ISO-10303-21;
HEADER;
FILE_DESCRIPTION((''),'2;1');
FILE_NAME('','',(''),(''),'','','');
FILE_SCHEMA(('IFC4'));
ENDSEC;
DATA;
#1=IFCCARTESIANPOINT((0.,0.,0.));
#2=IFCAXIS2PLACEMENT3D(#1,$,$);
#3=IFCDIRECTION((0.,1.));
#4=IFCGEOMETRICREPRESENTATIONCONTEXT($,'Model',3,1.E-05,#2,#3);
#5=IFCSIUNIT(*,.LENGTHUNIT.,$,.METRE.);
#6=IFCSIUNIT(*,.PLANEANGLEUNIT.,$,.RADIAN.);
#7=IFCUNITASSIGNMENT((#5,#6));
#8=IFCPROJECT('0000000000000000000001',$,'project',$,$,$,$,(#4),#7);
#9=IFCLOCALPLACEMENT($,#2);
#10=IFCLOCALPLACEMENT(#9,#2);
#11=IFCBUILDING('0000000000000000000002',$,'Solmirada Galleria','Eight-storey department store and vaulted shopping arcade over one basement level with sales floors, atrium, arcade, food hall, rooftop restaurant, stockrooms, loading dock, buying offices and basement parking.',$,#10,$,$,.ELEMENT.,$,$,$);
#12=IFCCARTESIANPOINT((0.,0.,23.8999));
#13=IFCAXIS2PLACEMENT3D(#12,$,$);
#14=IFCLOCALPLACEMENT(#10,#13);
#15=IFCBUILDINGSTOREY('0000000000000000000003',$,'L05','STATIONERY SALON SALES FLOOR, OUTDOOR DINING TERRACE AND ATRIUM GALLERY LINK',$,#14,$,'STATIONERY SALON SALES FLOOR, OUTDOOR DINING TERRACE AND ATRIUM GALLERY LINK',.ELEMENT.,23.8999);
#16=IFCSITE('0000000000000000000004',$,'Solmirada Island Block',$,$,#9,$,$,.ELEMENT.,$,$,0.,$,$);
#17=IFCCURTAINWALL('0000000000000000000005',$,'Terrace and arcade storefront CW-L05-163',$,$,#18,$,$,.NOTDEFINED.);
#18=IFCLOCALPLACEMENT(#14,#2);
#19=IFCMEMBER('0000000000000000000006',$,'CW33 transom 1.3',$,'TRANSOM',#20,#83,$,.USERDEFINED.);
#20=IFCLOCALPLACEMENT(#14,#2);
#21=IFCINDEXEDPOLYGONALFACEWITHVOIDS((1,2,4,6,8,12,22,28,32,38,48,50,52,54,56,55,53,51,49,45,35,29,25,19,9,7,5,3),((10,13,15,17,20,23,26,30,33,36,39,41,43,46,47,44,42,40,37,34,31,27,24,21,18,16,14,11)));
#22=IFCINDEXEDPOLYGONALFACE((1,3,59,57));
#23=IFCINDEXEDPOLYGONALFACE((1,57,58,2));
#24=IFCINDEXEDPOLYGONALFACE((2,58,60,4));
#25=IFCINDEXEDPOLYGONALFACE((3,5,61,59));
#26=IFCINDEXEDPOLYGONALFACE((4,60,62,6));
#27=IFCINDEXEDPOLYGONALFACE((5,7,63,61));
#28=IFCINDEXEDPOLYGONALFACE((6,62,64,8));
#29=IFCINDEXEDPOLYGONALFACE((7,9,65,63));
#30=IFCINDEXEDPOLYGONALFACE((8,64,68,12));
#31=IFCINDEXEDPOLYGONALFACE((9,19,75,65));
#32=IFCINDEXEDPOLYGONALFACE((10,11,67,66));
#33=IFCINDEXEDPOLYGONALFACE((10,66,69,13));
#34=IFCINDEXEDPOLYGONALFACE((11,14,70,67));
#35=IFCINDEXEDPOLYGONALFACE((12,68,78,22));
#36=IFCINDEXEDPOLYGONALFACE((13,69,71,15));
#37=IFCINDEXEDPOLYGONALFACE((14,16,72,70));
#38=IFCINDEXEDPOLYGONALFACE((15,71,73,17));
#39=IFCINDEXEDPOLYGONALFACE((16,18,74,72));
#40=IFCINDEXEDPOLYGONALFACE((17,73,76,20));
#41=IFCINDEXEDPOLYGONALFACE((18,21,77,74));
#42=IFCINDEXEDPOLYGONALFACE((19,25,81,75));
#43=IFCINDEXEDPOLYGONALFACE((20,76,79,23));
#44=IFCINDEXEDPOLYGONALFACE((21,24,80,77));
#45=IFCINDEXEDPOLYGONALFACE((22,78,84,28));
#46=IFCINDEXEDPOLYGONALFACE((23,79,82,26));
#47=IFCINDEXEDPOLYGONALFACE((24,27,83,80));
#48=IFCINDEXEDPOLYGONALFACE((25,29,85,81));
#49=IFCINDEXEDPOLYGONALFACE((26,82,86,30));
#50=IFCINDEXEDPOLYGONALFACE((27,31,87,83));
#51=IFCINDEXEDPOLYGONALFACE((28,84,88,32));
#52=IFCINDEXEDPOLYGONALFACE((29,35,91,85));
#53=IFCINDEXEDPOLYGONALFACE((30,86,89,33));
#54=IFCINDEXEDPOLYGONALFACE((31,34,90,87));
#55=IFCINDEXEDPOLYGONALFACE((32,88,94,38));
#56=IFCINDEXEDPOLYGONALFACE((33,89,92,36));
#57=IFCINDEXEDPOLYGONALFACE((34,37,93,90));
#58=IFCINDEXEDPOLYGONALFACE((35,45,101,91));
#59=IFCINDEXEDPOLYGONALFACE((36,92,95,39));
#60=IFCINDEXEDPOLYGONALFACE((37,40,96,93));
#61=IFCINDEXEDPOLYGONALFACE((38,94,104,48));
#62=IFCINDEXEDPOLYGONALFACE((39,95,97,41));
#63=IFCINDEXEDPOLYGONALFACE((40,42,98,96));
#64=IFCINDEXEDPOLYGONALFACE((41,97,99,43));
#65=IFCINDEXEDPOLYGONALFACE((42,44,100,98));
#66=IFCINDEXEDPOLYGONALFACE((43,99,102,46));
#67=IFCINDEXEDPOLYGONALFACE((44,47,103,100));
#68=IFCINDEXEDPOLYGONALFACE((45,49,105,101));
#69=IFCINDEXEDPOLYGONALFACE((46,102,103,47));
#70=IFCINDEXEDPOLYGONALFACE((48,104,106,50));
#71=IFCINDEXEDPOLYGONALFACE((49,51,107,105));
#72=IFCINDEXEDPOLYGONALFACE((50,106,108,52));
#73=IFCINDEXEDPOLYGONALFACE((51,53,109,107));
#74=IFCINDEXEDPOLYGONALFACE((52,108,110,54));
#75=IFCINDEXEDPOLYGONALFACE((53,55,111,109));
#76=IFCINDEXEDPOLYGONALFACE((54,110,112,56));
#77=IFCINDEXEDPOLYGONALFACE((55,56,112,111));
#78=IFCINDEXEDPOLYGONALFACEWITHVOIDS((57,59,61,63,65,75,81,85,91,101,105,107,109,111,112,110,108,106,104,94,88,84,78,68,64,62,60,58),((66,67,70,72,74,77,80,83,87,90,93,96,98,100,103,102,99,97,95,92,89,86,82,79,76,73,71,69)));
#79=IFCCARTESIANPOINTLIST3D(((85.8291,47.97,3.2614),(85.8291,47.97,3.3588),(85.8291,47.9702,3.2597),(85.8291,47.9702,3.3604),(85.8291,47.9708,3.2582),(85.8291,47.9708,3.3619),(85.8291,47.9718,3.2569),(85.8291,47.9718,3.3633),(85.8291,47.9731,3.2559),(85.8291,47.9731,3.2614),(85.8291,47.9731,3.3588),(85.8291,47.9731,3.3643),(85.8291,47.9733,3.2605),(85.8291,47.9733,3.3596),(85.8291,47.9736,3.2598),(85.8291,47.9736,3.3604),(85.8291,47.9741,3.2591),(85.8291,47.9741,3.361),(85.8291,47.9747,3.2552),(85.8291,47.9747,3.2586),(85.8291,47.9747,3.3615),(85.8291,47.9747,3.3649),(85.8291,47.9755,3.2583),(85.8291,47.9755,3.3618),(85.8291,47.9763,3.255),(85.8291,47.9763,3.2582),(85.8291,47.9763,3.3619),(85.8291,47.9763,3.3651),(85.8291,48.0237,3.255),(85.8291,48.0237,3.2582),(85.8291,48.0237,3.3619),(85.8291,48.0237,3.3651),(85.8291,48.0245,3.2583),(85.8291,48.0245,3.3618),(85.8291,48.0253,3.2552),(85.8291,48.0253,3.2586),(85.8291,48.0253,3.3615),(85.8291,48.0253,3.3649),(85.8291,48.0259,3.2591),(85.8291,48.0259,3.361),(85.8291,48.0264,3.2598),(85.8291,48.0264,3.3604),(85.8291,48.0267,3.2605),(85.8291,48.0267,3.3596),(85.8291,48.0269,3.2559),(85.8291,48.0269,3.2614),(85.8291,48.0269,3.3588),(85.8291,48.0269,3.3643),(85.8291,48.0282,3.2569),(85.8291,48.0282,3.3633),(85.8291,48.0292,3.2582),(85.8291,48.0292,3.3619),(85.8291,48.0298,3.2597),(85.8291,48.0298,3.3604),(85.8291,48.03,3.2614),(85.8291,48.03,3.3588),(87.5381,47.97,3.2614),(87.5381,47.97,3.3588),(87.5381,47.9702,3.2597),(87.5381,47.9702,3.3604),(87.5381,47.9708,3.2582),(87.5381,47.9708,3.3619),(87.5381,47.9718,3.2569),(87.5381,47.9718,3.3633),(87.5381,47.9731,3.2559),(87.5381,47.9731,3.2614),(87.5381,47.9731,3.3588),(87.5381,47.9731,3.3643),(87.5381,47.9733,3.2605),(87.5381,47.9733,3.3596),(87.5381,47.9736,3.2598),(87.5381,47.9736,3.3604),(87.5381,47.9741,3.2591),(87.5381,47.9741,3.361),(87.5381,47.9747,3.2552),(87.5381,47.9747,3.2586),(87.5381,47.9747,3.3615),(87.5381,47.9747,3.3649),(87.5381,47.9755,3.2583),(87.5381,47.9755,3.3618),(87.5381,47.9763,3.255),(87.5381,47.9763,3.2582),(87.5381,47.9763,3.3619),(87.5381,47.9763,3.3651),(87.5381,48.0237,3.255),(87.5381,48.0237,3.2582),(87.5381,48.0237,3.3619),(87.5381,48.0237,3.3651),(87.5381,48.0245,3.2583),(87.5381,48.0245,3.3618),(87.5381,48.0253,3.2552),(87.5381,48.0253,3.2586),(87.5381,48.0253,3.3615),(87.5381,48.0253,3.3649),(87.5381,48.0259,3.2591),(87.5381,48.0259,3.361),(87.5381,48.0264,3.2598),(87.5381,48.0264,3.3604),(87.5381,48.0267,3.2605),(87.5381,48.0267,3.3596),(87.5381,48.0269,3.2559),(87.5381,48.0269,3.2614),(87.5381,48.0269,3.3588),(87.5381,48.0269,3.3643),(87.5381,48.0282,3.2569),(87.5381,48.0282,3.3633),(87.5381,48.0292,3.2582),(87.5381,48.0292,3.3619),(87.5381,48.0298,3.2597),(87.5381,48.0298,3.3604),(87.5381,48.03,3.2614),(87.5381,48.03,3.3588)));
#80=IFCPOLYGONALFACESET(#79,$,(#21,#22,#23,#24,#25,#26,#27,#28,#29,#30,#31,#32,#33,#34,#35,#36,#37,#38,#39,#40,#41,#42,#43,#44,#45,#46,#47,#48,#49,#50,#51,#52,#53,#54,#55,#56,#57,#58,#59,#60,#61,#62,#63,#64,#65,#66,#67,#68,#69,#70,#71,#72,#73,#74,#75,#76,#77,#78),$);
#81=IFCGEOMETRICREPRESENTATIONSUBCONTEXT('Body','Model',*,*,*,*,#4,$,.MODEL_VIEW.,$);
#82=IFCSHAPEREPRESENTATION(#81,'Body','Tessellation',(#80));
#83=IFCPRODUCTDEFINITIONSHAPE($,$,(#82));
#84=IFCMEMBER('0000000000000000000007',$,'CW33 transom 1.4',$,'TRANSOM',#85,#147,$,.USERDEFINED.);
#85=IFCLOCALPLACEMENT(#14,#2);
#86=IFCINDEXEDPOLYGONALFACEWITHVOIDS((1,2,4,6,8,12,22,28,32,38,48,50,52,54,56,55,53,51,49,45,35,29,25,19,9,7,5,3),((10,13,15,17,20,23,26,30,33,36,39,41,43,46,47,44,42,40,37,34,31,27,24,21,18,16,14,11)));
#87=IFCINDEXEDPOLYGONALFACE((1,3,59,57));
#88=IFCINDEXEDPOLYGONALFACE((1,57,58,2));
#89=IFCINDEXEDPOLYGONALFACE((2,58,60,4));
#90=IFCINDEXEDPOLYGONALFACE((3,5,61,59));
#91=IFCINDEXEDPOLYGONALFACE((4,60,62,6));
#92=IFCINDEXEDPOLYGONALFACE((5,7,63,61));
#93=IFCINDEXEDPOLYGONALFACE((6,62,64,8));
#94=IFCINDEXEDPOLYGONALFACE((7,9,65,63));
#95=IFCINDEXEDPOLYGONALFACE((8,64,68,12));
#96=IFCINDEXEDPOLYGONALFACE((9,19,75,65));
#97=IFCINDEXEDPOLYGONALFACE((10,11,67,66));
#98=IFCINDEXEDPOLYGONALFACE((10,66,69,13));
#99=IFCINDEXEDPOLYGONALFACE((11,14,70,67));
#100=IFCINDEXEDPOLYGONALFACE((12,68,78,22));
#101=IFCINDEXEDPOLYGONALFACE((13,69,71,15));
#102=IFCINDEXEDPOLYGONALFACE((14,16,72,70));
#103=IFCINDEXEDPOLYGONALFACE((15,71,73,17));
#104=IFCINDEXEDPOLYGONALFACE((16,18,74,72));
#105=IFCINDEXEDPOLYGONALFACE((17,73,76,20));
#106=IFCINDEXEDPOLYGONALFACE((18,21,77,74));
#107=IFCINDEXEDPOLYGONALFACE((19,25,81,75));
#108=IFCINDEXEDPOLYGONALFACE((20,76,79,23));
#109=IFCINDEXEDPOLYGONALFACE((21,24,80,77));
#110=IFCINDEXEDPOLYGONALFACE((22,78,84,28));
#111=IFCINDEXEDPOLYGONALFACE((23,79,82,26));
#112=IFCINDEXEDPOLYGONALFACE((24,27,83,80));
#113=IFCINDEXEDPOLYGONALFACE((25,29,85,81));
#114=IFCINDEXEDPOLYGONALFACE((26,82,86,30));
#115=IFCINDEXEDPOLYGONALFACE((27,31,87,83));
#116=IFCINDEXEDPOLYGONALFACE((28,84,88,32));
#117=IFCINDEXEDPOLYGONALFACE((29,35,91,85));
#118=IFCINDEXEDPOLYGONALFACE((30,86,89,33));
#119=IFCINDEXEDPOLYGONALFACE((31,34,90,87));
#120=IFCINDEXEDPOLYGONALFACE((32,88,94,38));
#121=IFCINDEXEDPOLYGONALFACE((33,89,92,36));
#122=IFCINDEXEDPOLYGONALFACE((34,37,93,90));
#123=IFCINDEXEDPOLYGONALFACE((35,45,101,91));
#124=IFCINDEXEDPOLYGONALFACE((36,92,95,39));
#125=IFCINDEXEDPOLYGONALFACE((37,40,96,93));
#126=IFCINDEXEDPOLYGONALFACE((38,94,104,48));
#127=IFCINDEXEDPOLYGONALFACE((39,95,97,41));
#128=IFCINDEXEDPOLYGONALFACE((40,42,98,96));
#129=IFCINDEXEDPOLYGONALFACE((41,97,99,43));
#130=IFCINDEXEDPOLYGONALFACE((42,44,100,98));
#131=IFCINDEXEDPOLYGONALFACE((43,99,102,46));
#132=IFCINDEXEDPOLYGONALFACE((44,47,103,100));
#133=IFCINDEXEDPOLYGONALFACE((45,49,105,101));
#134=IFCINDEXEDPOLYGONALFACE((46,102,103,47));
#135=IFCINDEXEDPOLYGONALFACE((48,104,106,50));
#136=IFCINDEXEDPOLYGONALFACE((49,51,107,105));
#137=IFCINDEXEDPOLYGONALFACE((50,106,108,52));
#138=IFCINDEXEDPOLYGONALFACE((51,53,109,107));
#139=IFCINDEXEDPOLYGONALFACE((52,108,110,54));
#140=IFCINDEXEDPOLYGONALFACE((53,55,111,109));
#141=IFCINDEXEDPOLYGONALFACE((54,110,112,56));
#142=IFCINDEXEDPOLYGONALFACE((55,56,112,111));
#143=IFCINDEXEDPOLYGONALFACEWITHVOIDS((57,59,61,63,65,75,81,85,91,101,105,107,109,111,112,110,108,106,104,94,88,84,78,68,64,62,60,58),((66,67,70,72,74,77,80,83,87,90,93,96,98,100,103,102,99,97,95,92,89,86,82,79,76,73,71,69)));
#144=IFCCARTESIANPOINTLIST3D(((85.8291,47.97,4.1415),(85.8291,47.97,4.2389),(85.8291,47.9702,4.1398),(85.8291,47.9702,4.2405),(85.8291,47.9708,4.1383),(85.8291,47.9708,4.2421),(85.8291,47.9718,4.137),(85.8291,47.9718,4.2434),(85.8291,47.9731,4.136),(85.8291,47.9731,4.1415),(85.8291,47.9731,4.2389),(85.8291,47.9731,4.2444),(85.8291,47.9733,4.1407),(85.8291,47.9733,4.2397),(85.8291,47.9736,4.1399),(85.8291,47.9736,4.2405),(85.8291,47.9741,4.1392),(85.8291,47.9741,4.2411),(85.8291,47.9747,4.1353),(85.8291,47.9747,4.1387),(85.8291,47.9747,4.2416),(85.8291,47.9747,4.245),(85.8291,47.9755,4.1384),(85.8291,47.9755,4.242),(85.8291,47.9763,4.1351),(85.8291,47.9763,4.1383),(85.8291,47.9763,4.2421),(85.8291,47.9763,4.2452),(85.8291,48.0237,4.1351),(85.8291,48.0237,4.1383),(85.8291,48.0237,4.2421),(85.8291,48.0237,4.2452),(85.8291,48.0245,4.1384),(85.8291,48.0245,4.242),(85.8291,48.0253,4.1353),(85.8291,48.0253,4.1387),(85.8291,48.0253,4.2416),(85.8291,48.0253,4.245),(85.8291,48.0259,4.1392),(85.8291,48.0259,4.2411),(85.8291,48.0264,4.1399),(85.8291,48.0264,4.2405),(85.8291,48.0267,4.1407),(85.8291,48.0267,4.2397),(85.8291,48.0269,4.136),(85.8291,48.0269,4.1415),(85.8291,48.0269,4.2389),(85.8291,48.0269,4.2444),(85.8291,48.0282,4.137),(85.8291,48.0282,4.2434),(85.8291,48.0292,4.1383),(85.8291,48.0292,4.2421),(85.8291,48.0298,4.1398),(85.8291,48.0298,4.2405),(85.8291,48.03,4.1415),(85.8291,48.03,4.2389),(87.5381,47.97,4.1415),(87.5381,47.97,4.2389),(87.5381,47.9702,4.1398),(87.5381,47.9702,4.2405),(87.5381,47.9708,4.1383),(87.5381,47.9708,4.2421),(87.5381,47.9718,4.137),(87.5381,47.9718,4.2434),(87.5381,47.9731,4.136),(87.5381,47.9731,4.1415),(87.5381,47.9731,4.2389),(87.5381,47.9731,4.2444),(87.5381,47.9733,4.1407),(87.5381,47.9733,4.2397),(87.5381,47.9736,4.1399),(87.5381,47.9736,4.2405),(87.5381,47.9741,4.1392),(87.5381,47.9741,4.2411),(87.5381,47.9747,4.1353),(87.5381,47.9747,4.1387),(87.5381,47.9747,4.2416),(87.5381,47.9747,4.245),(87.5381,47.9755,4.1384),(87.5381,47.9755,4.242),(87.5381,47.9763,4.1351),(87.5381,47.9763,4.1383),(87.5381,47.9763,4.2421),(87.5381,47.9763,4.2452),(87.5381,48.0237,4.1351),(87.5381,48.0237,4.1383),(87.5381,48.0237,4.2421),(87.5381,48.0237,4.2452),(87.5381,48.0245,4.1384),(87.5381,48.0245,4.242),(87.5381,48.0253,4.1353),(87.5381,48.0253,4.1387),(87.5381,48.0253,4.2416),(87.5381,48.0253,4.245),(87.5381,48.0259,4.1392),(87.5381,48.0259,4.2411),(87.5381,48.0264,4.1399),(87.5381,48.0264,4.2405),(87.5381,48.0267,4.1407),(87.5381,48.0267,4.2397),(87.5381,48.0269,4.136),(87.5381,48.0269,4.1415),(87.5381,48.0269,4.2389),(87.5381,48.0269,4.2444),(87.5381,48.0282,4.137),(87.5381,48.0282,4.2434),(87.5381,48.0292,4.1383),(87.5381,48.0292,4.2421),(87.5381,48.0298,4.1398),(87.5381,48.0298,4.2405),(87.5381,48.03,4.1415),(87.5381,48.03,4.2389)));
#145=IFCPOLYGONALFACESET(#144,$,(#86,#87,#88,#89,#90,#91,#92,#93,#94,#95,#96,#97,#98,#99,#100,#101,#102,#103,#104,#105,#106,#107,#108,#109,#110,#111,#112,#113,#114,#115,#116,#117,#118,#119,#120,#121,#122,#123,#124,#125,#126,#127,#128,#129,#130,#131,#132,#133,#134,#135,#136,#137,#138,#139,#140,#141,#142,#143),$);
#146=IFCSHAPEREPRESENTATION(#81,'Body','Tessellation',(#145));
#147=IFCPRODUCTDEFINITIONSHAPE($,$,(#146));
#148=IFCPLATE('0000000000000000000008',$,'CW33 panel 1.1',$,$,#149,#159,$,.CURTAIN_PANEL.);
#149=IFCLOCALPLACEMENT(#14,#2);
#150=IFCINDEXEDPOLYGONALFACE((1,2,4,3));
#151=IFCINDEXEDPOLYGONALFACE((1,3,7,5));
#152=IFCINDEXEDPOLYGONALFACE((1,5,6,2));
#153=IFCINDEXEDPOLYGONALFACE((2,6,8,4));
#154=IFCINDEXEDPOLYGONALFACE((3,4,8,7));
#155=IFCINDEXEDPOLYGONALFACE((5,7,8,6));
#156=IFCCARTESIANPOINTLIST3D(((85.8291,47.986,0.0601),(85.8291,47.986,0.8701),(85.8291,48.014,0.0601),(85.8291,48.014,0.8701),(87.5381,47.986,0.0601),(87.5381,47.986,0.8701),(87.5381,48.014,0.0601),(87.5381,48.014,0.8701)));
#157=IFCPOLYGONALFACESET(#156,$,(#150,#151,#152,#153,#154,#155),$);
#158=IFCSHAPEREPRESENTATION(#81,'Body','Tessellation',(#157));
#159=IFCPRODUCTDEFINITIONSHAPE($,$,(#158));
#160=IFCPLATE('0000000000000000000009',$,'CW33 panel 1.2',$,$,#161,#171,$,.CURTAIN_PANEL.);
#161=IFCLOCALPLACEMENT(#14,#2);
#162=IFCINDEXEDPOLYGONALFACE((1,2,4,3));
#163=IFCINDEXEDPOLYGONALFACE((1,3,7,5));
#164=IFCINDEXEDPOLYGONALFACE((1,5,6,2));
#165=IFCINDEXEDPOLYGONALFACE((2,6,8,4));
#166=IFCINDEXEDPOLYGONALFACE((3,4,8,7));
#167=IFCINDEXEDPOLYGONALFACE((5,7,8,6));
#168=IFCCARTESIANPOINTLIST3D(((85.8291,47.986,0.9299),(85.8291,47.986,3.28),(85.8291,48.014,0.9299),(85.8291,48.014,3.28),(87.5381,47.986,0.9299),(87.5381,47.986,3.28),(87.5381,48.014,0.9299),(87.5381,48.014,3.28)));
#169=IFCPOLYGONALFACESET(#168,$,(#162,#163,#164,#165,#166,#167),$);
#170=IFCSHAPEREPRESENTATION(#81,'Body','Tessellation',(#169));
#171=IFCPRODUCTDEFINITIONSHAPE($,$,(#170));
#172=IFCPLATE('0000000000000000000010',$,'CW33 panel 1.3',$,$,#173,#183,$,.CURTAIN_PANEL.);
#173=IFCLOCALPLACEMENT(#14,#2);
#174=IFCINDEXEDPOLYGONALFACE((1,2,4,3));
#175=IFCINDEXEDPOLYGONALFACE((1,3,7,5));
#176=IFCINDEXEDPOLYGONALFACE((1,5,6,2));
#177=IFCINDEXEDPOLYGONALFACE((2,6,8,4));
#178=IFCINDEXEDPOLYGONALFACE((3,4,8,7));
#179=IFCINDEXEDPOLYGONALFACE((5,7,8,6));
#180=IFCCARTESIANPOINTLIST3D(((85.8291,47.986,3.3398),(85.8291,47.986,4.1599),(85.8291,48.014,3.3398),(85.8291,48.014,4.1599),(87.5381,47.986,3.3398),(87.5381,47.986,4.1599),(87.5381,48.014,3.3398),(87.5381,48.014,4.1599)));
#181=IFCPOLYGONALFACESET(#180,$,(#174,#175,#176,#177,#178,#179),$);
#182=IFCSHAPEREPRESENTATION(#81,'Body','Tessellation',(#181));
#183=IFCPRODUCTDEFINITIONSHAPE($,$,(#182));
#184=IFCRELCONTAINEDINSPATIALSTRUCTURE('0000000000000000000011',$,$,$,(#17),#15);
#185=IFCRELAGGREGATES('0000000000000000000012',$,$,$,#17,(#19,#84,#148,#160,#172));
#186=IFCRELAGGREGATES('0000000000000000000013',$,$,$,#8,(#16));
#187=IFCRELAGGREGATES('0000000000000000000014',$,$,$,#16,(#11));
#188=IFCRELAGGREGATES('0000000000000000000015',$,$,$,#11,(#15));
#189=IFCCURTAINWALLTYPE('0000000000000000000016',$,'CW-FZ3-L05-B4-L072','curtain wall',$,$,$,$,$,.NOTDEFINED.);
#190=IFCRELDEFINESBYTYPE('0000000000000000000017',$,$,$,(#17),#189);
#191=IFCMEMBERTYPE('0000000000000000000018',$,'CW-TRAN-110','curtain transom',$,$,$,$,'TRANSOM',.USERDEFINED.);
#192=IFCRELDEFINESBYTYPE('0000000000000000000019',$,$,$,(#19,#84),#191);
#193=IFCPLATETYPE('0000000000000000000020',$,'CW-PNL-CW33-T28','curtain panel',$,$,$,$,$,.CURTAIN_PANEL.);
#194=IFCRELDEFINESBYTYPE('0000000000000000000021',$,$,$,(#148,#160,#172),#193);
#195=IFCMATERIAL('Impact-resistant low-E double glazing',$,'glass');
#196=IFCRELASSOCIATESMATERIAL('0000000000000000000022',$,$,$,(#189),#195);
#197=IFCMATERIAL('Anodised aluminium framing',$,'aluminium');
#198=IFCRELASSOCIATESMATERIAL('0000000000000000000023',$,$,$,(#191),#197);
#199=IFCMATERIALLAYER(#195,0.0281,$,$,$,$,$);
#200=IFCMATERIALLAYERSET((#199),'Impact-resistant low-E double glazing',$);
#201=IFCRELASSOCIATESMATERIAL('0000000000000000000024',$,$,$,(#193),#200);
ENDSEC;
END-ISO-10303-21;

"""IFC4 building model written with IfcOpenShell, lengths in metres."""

from ifc_helpers import new_model, si_unit, direction, frame, origin, origin_2d, place, context, subcontext, project, spatial, rectangle, hollow_rectangle, extrude, material, layer, layer_set, material_profile, profile_set, type_object, element, aggregate, save


model = new_model("IFC4")

# Units and contexts
model_context = context("Model", 3, precision=1e-05, world=origin(), true_north=direction((0.0, 1.0)))
body_context = subcontext(model_context, "Body", "Model", "MODEL_VIEW")
ifc_project = project(units=[si_unit("LENGTHUNIT", "METRE"), si_unit("PLANEANGLEUNIT", "RADIAN")], contexts=[model_context])

# Site, building, storey
site_placement = place(None, origin())
site = spatial("IfcSite", under=ifc_project, at=site_placement, Name="Solmirada Island Block", CompositionType="ELEMENT", RefElevation=0.0)
building_placement = place(site_placement, origin())
building = spatial("IfcBuilding", under=site, at=building_placement, Name="Solmirada Galleria", Description="Eight-storey department store and vaulted shopping arcade over one basement level with sales floors, atrium, arcade, food hall, rooftop restaurant, stockrooms, loading dock, buying offices and basement parking.", CompositionType="ELEMENT")
storey_placement = place(building_placement, frame((0.0, 0.0, 23.8999)))
storey = spatial("IfcBuildingStorey", under=building, at=storey_placement, Name="L05", Description="STATIONERY SALON SALES FLOOR, OUTDOOR DINING TERRACE AND ATRIUM GALLERY LINK", LongName="STATIONERY SALON SALES FLOOR, OUTDOOR DINING TERRACE AND ATRIUM GALLERY LINK", CompositionType="ELEMENT", Elevation=23.8999)

# Curtain wall, members, plates
ifc_material_1 = material(Name="Impact-resistant low-E double glazing", Category="glass")
curtain_wall_type = type_object("IfcCurtainWallType", Name="CW-FZ3-L05-B4-L072", Description="curtain wall", PredefinedType="NOTDEFINED", material=ifc_material_1)
curtain_wall_placement = place(storey_placement, origin())
curtain_wall = element("IfcCurtainWall", 1, at=curtain_wall_placement, inside=storey, type_object=curtain_wall_type, Name="Terrace and arcade storefront CW-L05-163", PredefinedType="NOTDEFINED")
ifc_material_2 = material(Name="Anodised aluminium framing", Category="aluminium")
ifc_material_profile_1 = material_profile(ifc_material_2, hollow_rectangle(XDim=0.0601, YDim=0.1101, WallThickness=0.0032, InnerFilletRadius=0.0032, OuterFilletRadius=0.0063, at=origin_2d()), Name="ALU-TRAN-110X60")
ifc_profile_set_1 = profile_set([ifc_material_profile_1], Name="Anodised aluminium framing")
member_type_1 = type_object("IfcMemberType", Name="CW-TRAN-110", Description="curtain transom", ElementType="TRANSOM", PredefinedType="USERDEFINED", material=ifc_profile_set_1)
member_1_placement = place(storey_placement, frame((87.5381, 48.0, 3.3101), z_axis=(-1.0, 0.0, 0.0), x_axis=(0.0, -1.0, 0.0)))
member_1 = element("IfcMember", 2, at=member_1_placement, type_object=member_type_1, Name="CW33 transom 1.3", ObjectType="TRANSOM", PredefinedType="USERDEFINED", context=body_context, shape_type="SweptSolid", body=[
    extrude(hollow_rectangle(XDim=0.0601, YDim=0.1101, WallThickness=0.0032, InnerFilletRadius=0.0032, OuterFilletRadius=0.0063, at=origin_2d()), origin(), (0.0, 0.0, 1.0), 1.709),
])
member_2_placement = place(storey_placement, frame((87.5381, 48.0, 4.1902), z_axis=(-1.0, 0.0, 0.0), x_axis=(0.0, -1.0, 0.0)))
member_2 = element("IfcMember", 3, at=member_2_placement, type_object=member_type_1, Name="CW33 transom 1.4", ObjectType="TRANSOM", PredefinedType="USERDEFINED", context=body_context, shape_type="SweptSolid", body=[
    extrude(hollow_rectangle(XDim=0.0601, YDim=0.1101, WallThickness=0.0032, InnerFilletRadius=0.0032, OuterFilletRadius=0.0063, at=origin_2d()), origin(), (0.0, 0.0, 1.0), 1.709),
])
ifc_layer_1 = layer(ifc_material_1, 0.0281)
ifc_layer_set_1 = layer_set([ifc_layer_1], Name="Impact-resistant low-E double glazing")
plate_type = type_object("IfcPlateType", Name="CW-PNL-CW33-T28", Description="curtain panel", PredefinedType="CURTAIN_PANEL", material=ifc_layer_set_1)
plate_1_placement = place(storey_placement, frame((86.6836, 48.0, 0.0601), z_axis=(0.0, 0.0, 1.0), x_axis=(-1.0, 0.0, 0.0)))
plate_1 = element("IfcPlate", 4, at=plate_1_placement, type_object=plate_type, Name="CW33 panel 1.1", PredefinedType="CURTAIN_PANEL", context=body_context, shape_type="SweptSolid", body=[
    extrude(rectangle(XDim=1.709, YDim=0.0281, at=origin_2d()), origin(), (0.0, 0.0, 1.0), 0.8101),
])
plate_2_placement = place(storey_placement, frame((86.6836, 48.0, 0.9299), z_axis=(0.0, 0.0, 1.0), x_axis=(-1.0, 0.0, 0.0)))
plate_2 = element("IfcPlate", 5, at=plate_2_placement, type_object=plate_type, Name="CW33 panel 1.2", PredefinedType="CURTAIN_PANEL", context=body_context, shape_type="SweptSolid", body=[
    extrude(rectangle(XDim=1.709, YDim=0.0281, at=origin_2d()), origin(), (0.0, 0.0, 1.0), 2.3501),
])
plate_3_placement = place(storey_placement, frame((86.6836, 48.0, 3.3398), z_axis=(0.0, 0.0, 1.0), x_axis=(-1.0, 0.0, 0.0)))
plate_3 = element("IfcPlate", 6, at=plate_3_placement, type_object=plate_type, Name="CW33 panel 1.3", PredefinedType="CURTAIN_PANEL", context=body_context, shape_type="SweptSolid", body=[
    extrude(rectangle(XDim=1.709, YDim=0.0281, at=origin_2d()), origin(), (0.0, 0.0, 1.0), 0.8201),
])
aggregate(curtain_wall, [member_1, member_2, plate_1, plate_2, plate_3])

save(model, "model.ifc")
